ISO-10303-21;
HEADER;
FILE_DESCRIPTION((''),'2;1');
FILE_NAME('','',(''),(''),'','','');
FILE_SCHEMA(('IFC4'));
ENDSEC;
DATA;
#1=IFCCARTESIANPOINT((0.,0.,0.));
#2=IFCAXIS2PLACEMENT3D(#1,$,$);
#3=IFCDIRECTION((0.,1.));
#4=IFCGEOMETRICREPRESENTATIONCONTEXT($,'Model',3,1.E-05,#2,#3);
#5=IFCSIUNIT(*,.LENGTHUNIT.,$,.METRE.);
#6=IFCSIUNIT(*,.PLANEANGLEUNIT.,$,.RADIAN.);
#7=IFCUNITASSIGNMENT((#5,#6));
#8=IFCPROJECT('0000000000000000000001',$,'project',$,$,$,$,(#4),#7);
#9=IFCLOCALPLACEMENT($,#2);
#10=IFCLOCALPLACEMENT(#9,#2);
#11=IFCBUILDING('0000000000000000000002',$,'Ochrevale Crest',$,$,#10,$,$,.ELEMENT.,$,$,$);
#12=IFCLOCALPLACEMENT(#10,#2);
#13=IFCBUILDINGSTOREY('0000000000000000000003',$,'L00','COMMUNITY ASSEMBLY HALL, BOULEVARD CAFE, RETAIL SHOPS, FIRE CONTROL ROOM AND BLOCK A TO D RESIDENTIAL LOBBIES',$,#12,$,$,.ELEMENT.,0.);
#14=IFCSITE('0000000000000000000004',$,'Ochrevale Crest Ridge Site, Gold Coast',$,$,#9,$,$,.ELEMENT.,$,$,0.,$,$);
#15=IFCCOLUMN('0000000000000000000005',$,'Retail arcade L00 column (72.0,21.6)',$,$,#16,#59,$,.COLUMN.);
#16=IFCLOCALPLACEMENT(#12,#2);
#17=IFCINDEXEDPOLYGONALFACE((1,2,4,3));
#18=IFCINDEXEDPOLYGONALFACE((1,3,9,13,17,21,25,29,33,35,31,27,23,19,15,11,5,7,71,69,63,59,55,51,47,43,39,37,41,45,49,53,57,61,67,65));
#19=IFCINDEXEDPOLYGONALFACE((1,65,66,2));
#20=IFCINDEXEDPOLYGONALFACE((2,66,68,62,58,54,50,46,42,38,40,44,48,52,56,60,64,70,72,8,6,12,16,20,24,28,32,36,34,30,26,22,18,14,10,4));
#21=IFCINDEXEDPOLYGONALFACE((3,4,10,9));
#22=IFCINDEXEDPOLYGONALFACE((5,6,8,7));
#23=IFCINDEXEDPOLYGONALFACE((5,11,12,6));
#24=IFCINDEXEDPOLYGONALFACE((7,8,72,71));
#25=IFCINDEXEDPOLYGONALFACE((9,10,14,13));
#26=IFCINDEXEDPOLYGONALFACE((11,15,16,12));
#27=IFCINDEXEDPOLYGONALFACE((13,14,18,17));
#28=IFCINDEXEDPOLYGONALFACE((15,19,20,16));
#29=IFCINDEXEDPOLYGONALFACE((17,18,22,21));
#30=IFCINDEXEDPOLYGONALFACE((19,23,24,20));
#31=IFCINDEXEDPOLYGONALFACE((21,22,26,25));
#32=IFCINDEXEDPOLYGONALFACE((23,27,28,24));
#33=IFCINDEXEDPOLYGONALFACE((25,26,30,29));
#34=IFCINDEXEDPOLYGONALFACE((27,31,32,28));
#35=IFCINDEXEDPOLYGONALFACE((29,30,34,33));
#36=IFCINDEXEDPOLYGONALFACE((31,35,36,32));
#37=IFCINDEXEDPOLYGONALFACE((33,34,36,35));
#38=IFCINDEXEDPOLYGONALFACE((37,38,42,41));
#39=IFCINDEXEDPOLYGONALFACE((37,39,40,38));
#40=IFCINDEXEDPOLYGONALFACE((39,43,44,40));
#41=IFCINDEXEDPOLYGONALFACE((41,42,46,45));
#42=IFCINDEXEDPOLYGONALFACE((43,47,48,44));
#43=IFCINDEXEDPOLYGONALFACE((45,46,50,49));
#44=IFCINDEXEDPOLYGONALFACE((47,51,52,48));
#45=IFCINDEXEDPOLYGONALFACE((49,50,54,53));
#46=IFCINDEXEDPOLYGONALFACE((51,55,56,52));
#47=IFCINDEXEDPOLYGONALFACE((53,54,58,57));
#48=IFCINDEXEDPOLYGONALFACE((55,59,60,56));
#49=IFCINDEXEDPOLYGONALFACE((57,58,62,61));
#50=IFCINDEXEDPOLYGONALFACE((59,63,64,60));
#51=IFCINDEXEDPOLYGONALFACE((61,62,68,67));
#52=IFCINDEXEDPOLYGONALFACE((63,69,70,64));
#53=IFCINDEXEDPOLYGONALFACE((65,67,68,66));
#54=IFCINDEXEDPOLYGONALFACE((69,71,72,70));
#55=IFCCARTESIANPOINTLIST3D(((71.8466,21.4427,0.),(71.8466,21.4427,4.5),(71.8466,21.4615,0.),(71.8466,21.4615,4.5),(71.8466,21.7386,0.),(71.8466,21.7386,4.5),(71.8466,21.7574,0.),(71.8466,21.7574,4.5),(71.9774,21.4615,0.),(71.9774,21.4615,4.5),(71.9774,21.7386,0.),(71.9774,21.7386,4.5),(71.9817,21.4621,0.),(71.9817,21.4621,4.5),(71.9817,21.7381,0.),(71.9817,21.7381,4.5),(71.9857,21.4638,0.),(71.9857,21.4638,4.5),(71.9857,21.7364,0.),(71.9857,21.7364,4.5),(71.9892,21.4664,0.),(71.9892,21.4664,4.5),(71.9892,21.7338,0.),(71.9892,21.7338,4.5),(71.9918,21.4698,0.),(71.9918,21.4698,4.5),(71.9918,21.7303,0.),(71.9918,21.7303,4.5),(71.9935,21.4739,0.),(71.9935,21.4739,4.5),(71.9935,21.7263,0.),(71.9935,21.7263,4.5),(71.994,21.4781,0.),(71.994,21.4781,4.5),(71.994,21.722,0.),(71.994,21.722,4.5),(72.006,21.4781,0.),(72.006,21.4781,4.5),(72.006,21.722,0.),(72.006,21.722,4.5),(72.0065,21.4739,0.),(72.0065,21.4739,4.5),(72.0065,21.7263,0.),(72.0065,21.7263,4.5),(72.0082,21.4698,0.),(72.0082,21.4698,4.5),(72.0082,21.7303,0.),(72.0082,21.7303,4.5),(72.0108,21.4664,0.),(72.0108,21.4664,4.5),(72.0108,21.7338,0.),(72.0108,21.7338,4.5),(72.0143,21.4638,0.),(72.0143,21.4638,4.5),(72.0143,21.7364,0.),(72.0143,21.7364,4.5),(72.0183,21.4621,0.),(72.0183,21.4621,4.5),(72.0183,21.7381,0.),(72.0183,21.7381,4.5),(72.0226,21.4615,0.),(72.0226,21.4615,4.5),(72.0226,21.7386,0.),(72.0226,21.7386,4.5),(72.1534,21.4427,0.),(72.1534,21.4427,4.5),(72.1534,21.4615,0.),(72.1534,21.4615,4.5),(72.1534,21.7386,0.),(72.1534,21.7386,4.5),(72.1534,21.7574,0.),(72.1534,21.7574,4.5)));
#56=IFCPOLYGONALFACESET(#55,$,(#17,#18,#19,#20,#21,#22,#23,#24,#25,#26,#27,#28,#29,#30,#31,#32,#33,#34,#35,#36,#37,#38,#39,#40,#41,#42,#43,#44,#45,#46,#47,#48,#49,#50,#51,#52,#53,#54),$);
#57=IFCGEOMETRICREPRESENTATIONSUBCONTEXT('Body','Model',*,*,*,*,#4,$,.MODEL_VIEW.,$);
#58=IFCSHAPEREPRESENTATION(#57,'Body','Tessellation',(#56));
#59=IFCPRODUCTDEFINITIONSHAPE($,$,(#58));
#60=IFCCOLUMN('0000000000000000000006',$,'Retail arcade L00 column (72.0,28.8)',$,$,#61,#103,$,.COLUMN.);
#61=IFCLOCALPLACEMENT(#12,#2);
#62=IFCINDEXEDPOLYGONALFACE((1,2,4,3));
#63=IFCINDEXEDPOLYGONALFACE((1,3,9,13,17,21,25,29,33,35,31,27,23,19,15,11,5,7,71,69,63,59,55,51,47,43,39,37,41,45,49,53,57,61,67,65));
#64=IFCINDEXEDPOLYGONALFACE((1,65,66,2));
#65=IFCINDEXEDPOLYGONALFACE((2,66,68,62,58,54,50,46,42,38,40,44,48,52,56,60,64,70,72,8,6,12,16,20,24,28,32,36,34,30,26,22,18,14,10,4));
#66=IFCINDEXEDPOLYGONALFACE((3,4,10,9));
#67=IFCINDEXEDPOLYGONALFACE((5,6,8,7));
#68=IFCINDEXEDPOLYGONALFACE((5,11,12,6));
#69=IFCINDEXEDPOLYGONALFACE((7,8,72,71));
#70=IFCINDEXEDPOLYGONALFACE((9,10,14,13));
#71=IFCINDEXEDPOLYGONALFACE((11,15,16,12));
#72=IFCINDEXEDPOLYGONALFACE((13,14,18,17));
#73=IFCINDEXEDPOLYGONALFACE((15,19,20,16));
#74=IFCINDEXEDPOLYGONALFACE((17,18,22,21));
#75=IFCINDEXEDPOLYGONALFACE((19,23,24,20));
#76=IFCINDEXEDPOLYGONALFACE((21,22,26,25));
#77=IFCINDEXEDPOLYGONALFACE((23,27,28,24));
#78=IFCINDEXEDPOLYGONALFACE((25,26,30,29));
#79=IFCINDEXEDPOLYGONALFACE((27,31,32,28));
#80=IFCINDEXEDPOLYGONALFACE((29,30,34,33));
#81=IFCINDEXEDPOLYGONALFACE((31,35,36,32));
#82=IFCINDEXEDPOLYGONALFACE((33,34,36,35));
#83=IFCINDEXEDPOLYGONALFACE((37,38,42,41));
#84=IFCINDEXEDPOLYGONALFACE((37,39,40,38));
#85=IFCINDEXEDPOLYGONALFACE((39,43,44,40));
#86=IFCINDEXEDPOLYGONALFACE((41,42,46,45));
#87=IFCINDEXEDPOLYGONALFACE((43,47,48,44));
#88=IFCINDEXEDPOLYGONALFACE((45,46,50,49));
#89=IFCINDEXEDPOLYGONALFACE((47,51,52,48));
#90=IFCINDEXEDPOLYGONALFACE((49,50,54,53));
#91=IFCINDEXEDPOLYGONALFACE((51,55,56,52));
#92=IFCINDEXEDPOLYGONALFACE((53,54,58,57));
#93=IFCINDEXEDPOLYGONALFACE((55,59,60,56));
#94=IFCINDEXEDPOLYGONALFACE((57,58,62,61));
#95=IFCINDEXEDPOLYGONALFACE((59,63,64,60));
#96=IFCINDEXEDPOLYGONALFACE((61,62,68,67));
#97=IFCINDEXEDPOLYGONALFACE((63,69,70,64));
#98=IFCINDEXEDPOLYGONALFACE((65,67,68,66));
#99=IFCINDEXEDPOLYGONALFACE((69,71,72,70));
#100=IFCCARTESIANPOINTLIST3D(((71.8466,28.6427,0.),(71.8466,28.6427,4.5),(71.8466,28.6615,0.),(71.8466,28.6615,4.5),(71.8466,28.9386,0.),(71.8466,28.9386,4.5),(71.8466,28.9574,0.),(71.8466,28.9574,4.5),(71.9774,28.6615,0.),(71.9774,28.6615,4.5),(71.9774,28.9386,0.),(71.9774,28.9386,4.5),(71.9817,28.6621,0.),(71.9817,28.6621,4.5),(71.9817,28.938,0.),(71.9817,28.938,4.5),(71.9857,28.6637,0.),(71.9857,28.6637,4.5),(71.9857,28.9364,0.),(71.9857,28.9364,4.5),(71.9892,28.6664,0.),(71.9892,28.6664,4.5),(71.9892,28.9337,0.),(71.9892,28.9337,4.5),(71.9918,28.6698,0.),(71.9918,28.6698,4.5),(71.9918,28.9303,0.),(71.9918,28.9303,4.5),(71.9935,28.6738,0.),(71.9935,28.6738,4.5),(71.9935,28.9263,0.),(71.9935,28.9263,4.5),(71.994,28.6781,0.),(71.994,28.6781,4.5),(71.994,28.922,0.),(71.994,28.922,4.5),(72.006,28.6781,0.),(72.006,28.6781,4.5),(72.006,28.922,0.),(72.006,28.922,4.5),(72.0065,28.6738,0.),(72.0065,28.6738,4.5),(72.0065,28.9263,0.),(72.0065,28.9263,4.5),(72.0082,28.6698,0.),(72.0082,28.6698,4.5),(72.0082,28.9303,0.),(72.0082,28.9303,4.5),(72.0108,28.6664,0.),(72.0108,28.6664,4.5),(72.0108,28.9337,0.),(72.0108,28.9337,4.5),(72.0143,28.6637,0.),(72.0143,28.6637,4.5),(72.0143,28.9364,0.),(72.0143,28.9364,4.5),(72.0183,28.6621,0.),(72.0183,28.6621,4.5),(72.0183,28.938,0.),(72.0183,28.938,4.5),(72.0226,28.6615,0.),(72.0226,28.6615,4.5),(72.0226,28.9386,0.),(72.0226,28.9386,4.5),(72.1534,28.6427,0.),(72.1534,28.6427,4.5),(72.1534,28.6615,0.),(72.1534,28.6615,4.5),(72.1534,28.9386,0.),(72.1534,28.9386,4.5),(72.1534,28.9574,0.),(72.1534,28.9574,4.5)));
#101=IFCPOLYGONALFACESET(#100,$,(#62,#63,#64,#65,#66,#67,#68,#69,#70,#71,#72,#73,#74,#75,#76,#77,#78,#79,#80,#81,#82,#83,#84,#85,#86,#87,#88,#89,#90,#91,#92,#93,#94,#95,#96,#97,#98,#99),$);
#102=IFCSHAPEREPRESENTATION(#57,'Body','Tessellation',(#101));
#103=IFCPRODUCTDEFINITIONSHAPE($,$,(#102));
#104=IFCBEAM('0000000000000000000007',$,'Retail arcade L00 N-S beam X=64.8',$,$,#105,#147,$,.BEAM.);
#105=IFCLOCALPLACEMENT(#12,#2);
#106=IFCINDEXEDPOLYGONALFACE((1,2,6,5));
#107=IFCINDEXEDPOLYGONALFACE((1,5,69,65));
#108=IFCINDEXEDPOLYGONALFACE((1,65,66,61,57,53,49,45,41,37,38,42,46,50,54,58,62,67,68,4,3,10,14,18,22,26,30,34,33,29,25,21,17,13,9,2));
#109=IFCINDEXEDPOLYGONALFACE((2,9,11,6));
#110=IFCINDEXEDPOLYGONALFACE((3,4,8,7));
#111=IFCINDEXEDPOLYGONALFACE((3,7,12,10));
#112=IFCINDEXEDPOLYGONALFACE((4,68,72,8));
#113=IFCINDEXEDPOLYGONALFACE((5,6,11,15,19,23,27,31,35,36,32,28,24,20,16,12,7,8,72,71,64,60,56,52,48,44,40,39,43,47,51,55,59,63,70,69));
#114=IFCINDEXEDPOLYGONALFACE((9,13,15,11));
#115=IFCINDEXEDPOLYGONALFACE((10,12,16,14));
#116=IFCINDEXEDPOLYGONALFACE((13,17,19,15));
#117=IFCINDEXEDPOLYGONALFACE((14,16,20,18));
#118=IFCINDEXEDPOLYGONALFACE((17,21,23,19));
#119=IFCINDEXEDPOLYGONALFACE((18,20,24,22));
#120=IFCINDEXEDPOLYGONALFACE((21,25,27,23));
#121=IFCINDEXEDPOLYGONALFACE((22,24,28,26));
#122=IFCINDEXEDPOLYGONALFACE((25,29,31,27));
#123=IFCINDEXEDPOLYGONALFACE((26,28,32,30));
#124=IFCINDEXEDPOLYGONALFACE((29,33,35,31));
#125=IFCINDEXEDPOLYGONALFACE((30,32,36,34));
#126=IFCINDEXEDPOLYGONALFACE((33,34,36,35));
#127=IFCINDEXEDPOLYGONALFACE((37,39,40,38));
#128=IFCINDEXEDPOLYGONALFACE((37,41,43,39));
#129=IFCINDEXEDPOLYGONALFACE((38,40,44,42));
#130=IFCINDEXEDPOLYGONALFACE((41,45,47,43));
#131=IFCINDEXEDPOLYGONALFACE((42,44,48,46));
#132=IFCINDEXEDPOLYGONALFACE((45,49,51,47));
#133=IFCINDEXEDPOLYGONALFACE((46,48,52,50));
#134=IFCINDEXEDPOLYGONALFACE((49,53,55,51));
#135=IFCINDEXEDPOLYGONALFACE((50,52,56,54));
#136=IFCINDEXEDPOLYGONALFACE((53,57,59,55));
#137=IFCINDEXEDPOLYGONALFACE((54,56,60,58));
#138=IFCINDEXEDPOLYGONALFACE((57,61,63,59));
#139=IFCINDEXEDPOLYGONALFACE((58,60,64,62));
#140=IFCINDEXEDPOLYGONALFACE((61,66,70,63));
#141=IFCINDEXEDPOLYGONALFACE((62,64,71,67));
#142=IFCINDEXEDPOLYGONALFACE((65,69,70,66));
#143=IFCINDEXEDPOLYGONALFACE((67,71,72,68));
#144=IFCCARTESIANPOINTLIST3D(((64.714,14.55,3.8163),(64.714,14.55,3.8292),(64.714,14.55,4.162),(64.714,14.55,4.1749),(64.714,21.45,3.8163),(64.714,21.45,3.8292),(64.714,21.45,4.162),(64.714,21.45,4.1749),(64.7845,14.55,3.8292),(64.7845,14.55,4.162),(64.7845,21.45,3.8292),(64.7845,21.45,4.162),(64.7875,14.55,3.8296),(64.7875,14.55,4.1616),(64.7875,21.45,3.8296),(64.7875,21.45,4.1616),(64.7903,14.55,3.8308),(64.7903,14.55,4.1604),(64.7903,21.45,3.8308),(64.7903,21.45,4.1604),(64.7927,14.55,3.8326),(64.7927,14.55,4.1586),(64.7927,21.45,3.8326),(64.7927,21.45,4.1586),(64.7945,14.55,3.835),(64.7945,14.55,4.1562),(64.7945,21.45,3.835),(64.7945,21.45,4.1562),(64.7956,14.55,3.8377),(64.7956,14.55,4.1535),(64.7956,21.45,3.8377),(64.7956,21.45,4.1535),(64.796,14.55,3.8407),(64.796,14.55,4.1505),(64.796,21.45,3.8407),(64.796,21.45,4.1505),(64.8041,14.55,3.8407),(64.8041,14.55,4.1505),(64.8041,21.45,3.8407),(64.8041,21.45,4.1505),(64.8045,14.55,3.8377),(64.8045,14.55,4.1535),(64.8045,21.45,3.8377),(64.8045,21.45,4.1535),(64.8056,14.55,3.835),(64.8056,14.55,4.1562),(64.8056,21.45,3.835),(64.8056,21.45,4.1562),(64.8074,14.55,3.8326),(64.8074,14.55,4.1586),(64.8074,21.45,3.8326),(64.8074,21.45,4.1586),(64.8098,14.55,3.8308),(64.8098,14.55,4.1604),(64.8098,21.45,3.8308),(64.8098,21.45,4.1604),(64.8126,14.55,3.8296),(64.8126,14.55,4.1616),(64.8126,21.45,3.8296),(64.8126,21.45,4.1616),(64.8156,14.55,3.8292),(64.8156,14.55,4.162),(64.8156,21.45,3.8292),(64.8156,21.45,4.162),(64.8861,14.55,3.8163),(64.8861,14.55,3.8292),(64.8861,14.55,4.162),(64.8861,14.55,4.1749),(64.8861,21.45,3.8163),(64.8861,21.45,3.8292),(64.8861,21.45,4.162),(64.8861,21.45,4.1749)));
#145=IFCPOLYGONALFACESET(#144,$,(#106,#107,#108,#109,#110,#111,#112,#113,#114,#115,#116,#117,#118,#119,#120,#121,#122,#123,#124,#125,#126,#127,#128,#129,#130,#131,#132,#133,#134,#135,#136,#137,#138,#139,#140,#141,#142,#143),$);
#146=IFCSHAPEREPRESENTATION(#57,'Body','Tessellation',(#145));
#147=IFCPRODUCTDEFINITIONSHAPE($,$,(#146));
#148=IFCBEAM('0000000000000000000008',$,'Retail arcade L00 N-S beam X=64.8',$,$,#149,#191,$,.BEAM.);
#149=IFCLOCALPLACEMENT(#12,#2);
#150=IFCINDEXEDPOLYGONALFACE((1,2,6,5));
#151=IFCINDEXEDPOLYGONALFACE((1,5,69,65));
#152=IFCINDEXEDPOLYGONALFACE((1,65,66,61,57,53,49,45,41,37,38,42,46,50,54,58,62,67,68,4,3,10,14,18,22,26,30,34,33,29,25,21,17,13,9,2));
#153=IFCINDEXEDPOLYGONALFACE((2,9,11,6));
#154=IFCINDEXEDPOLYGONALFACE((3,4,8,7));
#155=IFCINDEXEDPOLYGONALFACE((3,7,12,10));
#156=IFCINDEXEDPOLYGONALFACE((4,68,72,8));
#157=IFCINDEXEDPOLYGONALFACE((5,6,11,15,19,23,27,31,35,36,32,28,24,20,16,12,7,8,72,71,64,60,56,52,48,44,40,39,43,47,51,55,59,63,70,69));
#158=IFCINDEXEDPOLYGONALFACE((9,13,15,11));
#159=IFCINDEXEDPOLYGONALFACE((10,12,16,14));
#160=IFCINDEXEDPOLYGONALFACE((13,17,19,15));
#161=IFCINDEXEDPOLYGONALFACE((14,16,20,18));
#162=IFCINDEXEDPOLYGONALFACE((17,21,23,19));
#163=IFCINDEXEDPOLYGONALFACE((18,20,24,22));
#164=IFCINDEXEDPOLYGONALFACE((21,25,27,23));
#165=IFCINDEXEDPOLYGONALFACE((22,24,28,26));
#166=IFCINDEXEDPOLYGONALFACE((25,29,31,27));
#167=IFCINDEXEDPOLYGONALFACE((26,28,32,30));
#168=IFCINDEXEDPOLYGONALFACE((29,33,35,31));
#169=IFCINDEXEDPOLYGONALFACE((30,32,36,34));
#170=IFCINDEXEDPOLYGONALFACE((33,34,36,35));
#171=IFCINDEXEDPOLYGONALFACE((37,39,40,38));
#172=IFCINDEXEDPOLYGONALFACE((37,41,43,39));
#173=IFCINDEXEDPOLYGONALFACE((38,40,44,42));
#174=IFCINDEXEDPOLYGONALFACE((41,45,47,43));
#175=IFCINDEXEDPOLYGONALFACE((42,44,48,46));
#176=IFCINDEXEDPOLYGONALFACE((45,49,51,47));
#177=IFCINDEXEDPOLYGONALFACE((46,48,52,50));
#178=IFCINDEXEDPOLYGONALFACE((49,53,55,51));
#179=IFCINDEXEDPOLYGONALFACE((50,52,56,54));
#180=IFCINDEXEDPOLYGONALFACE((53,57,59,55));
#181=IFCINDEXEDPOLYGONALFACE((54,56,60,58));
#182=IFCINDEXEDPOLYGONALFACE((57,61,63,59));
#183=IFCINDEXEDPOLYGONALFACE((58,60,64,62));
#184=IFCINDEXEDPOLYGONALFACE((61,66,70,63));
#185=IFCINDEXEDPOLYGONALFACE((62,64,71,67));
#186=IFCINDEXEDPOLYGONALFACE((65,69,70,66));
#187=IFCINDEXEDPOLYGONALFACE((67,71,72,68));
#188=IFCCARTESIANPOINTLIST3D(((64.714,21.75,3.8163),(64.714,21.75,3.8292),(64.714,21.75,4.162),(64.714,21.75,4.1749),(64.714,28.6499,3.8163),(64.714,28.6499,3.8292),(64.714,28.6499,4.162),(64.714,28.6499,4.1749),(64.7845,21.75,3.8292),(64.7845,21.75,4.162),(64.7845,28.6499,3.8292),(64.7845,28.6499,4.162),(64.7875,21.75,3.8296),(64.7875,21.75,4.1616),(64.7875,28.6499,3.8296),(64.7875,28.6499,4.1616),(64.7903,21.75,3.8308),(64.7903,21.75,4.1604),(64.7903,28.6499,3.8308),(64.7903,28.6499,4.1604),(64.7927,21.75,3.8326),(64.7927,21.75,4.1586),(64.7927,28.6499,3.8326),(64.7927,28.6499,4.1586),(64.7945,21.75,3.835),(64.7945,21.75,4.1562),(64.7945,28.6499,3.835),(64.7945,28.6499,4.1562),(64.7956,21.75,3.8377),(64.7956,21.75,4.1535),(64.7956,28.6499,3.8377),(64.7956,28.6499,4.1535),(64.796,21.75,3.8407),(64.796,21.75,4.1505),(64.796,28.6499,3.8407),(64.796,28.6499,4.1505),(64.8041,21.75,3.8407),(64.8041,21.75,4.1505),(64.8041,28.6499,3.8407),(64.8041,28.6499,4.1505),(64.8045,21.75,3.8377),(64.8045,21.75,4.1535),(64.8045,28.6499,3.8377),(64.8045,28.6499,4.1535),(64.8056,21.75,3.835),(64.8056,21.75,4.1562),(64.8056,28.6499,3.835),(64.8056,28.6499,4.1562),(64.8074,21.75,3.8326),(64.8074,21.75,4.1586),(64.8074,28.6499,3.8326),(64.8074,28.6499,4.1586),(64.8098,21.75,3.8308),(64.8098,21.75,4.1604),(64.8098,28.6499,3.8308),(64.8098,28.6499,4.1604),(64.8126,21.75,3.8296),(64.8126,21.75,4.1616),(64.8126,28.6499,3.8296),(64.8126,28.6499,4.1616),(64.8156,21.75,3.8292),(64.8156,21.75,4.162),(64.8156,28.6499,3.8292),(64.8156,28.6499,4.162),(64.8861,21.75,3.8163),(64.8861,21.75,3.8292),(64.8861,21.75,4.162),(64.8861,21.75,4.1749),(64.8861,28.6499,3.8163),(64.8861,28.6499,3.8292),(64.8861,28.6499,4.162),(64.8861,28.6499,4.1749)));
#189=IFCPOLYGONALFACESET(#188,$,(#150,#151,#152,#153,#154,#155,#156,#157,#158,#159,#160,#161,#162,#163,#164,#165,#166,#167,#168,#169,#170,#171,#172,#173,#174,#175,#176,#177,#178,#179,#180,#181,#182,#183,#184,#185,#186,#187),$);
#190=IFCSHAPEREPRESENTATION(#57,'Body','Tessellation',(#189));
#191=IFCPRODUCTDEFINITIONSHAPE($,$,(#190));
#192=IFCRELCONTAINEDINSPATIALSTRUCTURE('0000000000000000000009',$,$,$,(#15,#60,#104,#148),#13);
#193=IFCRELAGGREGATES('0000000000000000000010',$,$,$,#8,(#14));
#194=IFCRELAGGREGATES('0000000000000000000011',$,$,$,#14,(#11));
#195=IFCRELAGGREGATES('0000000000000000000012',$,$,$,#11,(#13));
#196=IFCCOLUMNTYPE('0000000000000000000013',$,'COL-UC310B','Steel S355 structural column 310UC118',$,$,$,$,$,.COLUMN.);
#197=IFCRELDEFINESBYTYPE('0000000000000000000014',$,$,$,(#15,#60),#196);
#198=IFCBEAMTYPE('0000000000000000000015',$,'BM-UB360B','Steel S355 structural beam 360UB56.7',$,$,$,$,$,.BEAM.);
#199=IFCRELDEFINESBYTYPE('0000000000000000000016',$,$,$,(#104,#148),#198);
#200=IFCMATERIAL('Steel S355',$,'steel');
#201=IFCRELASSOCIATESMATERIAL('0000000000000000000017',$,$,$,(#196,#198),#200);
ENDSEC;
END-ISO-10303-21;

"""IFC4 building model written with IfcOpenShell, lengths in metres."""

from ifc_helpers import new_model, si_unit, direction, frame, origin, origin_2d, place, context, subcontext, project, spatial, i_section, extrude, material, material_profile, profile_set, type_object, element, save


model = new_model("IFC4")

# Units and contexts
model_context = context("Model", 3, precision=1e-05, world=origin(), true_north=direction((0.0, 1.0)))
body_context = subcontext(model_context, "Body", "Model", "MODEL_VIEW")
ifc_project = project(units=[si_unit("LENGTHUNIT", "METRE"), si_unit("PLANEANGLEUNIT", "RADIAN")], contexts=[model_context])

# Site, building, storey
site_placement = place(None, origin())
site = spatial("IfcSite", under=ifc_project, at=site_placement, Name="Ochrevale Crest Ridge Site, Gold Coast", CompositionType="ELEMENT", RefElevation=0.0)
building_placement = place(site_placement, origin())
building = spatial("IfcBuilding", under=site, at=building_placement, Name="Ochrevale Crest", CompositionType="ELEMENT")
storey_placement = place(building_placement, origin())
storey = spatial("IfcBuildingStorey", under=building, at=storey_placement, Name="L00", Description="COMMUNITY ASSEMBLY HALL, BOULEVARD CAFE, RETAIL SHOPS, FIRE CONTROL ROOM AND BLOCK A TO D RESIDENTIAL LOBBIES", CompositionType="ELEMENT", Elevation=0.0)

# Columns
ifc_material_1 = material(Name="Steel S355", Category="steel")
ifc_material_profile_1 = material_profile(ifc_material_1, i_section(OverallWidth=0.3069, OverallDepth=0.3147, WebThickness=0.012, FlangeThickness=0.0188, FilletRadius=0.0166, at=origin_2d()), Name="310UC118")
ifc_profile_set_1 = profile_set([ifc_material_profile_1], Name="Steel S355")
column_type = type_object("IfcColumnType", Name="COL-UC310B", Description="Steel S355 structural column 310UC118", PredefinedType="COLUMN", material=ifc_profile_set_1)
for number, where, z_axis, x_axis, name in (
    (1, (72.0, 21.6001, 0.0), (0.0, 0.0, 1.0), (1.0, 0.0, 0.0), "Retail arcade L00 column (72.0,21.6)"),
    (2, (72.0, 28.8, 0.0), (0.0, 0.0, 1.0), (1.0, 0.0, 0.0), "Retail arcade L00 column (72.0,28.8)"),
):
    element("IfcColumn", number, at=place(storey_placement, frame(where, z_axis=z_axis, x_axis=x_axis)), inside=storey, type_object=column_type, Name=name, PredefinedType="COLUMN", context=body_context, shape_type="SweptSolid", body=[
        extrude(i_section(OverallWidth=0.3069, OverallDepth=0.3147, WebThickness=0.012, FlangeThickness=0.0188, FilletRadius=0.0166, at=origin_2d()), origin(), (0.0, 0.0, 1.0), 4.5),
    ])

# Beams
ifc_material_profile_2 = material_profile(ifc_material_1, i_section(OverallWidth=0.1721, OverallDepth=0.3586, WebThickness=0.0081, FlangeThickness=0.0129, FilletRadius=0.0115, at=origin_2d()), Name="360UB56.7")
ifc_profile_set_2 = profile_set([ifc_material_profile_2], Name="Steel S355")
beam_type_1 = type_object("IfcBeamType", Name="BM-UB360B", Description="Steel S355 structural beam 360UB56.7", PredefinedType="BEAM", material=ifc_profile_set_2)
for number, where, z_axis, x_axis, name in (
    (3, (64.8, 14.55, 3.9956), (0.0, 1.0, 0.0), (-1.0, 0.0, 0.0), "Retail arcade L00 N-S beam X=64.8"),
    (4, (64.8, 21.75, 3.9956), (0.0, 1.0, 0.0), (-1.0, 0.0, 0.0), "Retail arcade L00 N-S beam X=64.8"),
):
    element("IfcBeam", number, at=place(storey_placement, frame(where, z_axis=z_axis, x_axis=x_axis)), inside=storey, type_object=beam_type_1, Name=name, PredefinedType="BEAM", context=body_context, shape_type="SweptSolid", body=[
        extrude(i_section(OverallWidth=0.1721, OverallDepth=0.3586, WebThickness=0.0081, FlangeThickness=0.0129, FilletRadius=0.0115, at=origin_2d()), origin(), (0.0, 0.0, 1.0), 6.8999),
    ])

save(model, "model.ifc")
